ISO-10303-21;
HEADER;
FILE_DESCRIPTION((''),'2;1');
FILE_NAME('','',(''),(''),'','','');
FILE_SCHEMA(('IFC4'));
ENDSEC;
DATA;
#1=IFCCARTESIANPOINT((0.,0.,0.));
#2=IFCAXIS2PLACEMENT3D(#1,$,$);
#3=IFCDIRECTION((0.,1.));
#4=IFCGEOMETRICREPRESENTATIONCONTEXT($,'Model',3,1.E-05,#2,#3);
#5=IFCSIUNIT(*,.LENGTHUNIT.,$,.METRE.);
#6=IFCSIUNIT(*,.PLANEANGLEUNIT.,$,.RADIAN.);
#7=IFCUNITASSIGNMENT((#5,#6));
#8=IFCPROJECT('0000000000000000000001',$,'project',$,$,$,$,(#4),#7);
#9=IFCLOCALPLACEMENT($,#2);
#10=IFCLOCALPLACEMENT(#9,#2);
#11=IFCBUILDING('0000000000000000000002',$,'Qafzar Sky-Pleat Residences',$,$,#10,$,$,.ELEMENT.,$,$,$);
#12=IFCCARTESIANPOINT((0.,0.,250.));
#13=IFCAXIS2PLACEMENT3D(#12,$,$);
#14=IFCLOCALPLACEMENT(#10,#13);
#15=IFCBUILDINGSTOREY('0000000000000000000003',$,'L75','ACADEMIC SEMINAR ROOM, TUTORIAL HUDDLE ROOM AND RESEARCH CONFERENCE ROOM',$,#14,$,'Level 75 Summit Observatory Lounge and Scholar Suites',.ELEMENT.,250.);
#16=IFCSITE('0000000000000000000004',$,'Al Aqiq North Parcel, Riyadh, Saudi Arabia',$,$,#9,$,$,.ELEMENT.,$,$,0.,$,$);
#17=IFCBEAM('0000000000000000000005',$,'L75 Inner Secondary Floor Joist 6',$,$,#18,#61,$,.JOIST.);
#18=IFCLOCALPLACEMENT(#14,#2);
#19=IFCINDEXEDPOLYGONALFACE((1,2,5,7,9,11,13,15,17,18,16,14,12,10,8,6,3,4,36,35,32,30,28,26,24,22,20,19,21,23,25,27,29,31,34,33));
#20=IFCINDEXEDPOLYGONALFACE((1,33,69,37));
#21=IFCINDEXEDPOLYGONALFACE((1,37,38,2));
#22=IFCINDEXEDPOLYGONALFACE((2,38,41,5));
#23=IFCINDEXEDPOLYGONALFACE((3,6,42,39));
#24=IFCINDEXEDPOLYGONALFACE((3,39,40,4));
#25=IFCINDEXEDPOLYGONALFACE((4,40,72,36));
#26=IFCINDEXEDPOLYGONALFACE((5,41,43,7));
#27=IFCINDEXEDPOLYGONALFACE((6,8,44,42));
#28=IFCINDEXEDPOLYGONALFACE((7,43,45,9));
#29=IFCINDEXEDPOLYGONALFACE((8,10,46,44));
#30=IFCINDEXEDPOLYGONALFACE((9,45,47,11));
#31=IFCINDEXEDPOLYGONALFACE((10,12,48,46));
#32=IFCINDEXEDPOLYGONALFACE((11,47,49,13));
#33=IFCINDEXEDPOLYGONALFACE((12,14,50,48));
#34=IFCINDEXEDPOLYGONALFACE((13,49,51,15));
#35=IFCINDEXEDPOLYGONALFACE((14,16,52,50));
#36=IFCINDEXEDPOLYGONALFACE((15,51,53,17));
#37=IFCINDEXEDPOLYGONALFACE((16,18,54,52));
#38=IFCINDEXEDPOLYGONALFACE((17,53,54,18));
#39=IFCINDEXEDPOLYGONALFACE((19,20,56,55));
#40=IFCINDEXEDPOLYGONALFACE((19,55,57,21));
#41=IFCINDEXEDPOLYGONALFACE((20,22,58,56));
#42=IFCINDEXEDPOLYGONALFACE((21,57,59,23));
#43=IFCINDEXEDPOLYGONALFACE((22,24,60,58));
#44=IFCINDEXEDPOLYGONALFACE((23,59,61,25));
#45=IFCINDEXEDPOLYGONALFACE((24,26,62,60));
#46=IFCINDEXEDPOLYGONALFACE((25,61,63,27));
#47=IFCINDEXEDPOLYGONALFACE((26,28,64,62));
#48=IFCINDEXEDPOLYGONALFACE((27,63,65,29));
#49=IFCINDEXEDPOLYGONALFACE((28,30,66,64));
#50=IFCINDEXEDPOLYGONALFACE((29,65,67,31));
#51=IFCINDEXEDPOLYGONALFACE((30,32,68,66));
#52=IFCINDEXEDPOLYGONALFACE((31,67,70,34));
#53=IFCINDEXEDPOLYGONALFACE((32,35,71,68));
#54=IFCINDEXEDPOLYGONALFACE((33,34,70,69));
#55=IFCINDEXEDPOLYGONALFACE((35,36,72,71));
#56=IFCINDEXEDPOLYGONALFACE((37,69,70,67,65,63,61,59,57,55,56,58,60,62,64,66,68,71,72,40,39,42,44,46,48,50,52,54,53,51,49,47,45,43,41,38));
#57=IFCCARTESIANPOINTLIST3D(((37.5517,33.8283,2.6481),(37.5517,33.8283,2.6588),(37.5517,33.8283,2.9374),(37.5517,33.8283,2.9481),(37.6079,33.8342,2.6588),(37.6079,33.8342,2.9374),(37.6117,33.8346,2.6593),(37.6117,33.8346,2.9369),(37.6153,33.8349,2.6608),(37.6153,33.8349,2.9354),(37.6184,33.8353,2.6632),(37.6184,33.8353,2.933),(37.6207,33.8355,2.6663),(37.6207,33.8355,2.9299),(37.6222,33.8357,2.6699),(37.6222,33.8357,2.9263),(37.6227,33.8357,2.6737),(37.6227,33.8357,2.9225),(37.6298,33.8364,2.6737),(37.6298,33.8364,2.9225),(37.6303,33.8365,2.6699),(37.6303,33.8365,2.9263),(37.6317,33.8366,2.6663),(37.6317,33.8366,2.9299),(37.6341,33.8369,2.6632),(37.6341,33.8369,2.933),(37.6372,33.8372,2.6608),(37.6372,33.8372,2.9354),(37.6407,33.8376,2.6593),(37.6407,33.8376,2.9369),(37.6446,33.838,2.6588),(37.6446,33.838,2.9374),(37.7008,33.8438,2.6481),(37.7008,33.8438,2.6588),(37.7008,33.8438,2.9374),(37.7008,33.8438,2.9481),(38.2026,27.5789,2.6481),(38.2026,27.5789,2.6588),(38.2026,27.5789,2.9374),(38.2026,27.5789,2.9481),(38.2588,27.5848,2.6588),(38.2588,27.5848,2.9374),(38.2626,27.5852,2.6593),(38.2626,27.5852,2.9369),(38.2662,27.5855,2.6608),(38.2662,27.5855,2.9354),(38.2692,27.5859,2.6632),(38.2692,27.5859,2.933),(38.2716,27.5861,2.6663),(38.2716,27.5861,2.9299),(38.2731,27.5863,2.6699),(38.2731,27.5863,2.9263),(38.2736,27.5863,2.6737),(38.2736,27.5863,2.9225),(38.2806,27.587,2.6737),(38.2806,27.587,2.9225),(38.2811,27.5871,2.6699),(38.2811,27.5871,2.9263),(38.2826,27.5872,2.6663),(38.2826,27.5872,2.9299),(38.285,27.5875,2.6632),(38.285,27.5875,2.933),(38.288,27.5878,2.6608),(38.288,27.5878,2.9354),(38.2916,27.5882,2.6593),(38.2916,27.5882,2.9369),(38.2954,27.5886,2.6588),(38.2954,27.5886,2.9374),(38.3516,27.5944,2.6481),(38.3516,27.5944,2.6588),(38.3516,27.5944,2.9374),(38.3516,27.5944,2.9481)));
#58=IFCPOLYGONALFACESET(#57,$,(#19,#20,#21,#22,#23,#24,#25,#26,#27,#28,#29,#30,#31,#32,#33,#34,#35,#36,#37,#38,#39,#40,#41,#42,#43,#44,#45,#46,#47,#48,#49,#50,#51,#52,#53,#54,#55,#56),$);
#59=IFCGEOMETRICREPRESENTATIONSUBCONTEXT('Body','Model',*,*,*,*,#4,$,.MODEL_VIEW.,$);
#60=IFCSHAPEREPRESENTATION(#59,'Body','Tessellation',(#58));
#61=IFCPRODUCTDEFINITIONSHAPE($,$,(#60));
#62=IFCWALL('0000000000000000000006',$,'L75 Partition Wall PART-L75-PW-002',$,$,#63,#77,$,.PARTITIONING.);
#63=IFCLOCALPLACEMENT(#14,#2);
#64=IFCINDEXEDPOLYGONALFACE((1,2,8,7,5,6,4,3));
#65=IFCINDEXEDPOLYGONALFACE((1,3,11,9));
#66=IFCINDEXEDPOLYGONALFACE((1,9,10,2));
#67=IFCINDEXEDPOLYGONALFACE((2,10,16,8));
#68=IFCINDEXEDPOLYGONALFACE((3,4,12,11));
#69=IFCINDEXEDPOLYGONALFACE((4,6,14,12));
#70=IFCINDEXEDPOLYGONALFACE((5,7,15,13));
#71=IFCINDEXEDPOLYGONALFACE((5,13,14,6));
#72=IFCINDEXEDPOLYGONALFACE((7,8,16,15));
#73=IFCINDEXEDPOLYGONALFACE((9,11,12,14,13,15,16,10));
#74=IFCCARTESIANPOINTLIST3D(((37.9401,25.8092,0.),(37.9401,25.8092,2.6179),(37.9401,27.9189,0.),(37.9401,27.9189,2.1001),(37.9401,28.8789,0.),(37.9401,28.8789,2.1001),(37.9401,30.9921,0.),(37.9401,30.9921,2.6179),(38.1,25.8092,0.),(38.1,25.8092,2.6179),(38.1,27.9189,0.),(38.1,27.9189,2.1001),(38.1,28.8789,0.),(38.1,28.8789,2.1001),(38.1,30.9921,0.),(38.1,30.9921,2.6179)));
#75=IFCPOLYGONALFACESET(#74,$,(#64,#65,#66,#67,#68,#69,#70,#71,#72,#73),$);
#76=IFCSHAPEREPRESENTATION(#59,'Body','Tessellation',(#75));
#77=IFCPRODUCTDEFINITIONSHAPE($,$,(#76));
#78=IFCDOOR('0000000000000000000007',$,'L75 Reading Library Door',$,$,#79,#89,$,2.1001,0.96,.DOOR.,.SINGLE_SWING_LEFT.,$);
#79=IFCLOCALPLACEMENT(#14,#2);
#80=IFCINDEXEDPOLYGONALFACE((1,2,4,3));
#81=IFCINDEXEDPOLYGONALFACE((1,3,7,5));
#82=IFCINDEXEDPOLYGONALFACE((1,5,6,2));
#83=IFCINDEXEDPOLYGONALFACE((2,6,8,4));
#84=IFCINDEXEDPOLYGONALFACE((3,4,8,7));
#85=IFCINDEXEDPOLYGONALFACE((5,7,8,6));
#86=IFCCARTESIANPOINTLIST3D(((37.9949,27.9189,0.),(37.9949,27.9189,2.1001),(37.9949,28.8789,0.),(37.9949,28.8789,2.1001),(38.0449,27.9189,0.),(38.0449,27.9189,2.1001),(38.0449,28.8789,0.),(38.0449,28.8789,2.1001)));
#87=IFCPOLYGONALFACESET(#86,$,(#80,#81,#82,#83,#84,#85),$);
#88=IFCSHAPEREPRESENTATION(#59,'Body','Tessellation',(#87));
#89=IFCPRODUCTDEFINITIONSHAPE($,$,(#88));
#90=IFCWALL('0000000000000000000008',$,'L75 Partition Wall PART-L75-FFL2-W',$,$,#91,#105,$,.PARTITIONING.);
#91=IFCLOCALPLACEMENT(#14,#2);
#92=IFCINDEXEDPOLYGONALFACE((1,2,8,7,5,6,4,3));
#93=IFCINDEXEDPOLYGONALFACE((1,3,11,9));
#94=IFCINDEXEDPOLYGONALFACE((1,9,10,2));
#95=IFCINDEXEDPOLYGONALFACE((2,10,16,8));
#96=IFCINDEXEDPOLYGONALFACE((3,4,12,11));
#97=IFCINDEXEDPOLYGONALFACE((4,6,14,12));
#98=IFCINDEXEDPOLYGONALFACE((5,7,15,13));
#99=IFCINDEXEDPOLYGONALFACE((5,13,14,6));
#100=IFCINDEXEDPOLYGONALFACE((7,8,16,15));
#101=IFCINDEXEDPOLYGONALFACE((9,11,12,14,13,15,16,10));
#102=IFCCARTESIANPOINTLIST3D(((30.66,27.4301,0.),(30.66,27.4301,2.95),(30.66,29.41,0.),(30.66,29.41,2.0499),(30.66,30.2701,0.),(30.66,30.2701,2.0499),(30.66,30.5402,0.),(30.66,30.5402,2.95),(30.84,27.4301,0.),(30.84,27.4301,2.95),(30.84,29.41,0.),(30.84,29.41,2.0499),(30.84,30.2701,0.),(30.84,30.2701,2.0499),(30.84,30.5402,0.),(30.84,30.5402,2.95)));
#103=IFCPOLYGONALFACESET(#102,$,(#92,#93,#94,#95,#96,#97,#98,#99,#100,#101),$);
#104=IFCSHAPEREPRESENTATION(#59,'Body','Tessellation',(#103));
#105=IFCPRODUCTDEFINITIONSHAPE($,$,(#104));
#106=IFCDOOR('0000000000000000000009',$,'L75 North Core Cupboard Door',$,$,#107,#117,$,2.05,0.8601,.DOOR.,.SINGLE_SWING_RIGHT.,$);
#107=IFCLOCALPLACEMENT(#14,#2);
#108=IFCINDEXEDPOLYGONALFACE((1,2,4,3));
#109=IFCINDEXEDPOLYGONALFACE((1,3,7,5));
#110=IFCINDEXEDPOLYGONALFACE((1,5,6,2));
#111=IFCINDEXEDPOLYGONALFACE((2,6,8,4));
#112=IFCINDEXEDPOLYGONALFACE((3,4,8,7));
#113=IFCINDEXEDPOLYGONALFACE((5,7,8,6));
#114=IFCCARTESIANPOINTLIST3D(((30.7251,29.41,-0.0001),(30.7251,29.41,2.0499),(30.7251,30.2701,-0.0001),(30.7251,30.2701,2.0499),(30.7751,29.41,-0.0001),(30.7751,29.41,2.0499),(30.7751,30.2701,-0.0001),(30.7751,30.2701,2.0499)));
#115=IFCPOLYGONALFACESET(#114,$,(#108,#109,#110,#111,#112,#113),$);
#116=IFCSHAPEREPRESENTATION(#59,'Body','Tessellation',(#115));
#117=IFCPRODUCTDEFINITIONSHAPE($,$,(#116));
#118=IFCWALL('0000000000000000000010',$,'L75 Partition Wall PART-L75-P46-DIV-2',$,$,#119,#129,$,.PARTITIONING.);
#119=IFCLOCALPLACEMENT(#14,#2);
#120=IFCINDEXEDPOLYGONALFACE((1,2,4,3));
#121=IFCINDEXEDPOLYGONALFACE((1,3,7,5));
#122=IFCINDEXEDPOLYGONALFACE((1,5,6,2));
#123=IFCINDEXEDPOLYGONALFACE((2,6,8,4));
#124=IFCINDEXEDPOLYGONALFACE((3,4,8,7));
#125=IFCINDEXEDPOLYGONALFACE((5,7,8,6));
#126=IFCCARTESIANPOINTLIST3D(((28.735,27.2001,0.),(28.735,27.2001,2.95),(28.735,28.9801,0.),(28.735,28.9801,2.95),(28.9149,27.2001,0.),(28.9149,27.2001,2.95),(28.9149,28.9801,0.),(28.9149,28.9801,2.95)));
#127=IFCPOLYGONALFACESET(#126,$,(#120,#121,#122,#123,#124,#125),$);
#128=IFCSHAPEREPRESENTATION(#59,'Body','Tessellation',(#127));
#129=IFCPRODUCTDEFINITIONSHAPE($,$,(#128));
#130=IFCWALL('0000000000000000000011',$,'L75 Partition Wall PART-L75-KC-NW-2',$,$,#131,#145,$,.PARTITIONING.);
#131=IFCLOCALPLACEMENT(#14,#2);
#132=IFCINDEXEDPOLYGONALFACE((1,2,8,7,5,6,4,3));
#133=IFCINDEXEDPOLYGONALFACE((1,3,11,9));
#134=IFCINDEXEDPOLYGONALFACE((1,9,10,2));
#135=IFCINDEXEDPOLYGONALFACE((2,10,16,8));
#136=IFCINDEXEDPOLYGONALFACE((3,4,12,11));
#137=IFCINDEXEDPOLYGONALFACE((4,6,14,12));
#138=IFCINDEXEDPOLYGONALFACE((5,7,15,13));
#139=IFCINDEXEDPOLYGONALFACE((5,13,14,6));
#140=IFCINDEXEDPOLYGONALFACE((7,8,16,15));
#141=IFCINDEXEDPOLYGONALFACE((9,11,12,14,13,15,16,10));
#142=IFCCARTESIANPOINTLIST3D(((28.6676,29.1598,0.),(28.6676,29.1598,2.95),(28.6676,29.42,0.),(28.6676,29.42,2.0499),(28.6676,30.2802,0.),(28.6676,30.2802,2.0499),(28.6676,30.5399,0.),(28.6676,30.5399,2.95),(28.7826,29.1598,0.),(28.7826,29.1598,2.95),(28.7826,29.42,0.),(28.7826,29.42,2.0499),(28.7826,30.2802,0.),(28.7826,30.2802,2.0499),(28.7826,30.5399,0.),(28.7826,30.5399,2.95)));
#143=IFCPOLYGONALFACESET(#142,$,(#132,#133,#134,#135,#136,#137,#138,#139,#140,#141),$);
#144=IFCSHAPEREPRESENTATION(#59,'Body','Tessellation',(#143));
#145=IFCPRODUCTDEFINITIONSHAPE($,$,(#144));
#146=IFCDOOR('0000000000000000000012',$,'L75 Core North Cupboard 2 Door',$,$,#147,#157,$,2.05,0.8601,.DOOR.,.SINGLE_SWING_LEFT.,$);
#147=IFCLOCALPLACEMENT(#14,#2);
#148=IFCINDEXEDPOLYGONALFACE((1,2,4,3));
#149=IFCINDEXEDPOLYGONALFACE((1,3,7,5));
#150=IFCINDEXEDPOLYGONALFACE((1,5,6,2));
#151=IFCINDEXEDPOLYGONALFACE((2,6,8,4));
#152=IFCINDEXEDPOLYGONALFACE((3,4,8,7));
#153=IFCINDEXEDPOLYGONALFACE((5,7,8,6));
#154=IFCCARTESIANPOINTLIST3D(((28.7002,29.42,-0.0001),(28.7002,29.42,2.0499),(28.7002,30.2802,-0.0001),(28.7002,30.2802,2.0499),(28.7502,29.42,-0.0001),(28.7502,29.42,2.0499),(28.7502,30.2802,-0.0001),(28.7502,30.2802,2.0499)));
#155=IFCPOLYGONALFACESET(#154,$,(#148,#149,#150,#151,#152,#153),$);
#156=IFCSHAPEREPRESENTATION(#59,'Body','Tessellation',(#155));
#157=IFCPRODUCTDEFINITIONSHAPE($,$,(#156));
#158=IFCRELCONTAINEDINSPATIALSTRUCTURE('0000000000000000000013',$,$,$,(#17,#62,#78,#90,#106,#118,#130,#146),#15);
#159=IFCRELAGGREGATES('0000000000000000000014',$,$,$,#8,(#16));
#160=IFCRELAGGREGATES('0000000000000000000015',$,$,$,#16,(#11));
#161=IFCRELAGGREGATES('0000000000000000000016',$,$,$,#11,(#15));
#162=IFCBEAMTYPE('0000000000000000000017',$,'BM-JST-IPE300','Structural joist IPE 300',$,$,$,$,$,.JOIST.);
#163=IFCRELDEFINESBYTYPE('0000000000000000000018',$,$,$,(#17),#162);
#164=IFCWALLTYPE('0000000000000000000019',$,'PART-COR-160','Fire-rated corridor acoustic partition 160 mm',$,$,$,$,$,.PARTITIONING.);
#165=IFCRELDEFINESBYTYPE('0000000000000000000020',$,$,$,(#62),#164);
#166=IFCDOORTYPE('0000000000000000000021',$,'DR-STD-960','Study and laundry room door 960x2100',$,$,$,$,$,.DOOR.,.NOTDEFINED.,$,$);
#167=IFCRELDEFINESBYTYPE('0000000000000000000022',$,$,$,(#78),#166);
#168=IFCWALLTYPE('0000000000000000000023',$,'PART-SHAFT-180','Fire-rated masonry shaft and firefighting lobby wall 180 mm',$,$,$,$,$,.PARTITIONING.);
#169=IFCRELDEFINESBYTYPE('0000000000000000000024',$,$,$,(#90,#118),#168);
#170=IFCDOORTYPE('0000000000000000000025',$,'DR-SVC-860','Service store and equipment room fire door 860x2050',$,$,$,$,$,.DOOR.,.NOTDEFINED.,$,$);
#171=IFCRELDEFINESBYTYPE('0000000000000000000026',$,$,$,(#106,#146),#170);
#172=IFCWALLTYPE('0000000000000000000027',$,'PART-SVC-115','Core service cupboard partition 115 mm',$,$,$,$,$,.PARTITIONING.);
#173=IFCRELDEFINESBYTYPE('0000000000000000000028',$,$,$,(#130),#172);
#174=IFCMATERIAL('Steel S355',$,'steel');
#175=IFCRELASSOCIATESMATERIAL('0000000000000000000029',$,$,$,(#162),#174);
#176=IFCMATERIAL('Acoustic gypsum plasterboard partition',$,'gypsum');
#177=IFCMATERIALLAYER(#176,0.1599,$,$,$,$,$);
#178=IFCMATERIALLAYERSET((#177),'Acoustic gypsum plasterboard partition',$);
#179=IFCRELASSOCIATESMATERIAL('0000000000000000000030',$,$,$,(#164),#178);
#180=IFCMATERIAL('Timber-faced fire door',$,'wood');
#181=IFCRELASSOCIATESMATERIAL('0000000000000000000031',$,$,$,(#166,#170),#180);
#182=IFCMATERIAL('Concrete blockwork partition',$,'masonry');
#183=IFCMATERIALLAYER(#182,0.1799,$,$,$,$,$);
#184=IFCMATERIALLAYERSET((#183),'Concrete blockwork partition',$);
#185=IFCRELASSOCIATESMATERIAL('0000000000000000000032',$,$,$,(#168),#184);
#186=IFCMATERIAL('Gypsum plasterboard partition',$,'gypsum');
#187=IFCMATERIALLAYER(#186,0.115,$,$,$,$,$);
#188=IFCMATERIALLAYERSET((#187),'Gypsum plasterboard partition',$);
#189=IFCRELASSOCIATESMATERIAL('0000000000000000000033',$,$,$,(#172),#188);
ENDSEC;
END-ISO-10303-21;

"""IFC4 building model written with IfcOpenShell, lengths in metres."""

from ifc_helpers import new_model, si_unit, direction, frame, frame_2d, origin, origin_2d, place, context, subcontext, project, spatial, rectangle, i_section, extrude, source, transform, mapped, material, layer, layer_set, material_profile, profile_set, type_object, element, fill, save


model = new_model("IFC4")

# Units and contexts
model_context = context("Model", 3, precision=1e-05, world=origin(), true_north=direction((0.0, 1.0)))
body_context = subcontext(model_context, "Body", "Model", "MODEL_VIEW")
ifc_project = project(units=[si_unit("LENGTHUNIT", "METRE"), si_unit("PLANEANGLEUNIT", "RADIAN")], contexts=[model_context])

# Site, building, storey
site_placement = place(None, origin())
site = spatial("IfcSite", under=ifc_project, at=site_placement, Name="Al Aqiq North Parcel, Riyadh, Saudi Arabia", CompositionType="ELEMENT", RefElevation=0.0)
building_placement = place(site_placement, origin())
building = spatial("IfcBuilding", under=site, at=building_placement, Name="Qafzar Sky-Pleat Residences", CompositionType="ELEMENT")
storey_placement = place(building_placement, frame((0.0, 0.0, 250.0)))
storey = spatial("IfcBuildingStorey", under=building, at=storey_placement, Name="L75", Description="ACADEMIC SEMINAR ROOM, TUTORIAL HUDDLE ROOM AND RESEARCH CONFERENCE ROOM", LongName="Level 75 Summit Observatory Lounge and Scholar Suites", CompositionType="ELEMENT", Elevation=250.0)

# Beam
ifc_material_1 = material(Name="Steel S355", Category="steel")
ifc_material_profile = material_profile(ifc_material_1, i_section(OverallWidth=0.1499, OverallDepth=0.3, WebThickness=0.0071, FlangeThickness=0.0107, FilletRadius=0.0149, at=origin_2d()), Name="IPE 300")
ifc_profile_set = profile_set([ifc_material_profile], Name="Steel S355")
beam_type = type_object("IfcBeamType", Name="BM-JST-IPE300", Description="Structural joist IPE 300", PredefinedType="JOIST", material=ifc_profile_set)
shared_shape_1 = source(origin(), body_context, "Body", "SweptSolid", [
    extrude(i_section(OverallWidth=0.1499, OverallDepth=0.3, WebThickness=0.0071, FlangeThickness=0.0107, FilletRadius=0.0149, at=origin_2d()), origin(), (0.0, 0.0, 1.0), 6.2832),
])
beam_placement = place(storey_placement, frame((38.2771, 27.5867, 2.7981), z_axis=(-0.103588, 0.99462, 0.0), x_axis=(-0.99462, -0.103588, 0.0)))
element("IfcBeam", 1, at=beam_placement, inside=storey, type_object=beam_type, Name="L75 Inner Secondary Floor Joist 6", PredefinedType="JOIST", context=body_context, shape_type="MappedRepresentation", body=[
    mapped(shared_shape_1, transform((0.0, 0.0, 0.0), x_axis=(1.0, 0.0, 0.0), y_axis=(0.0, 1.0, 0.0), z_axis=(0.0, 0.0, 1.0), scale=1.0)),
])

# Walls, openings, doors
ifc_material_2 = material(Name="Acoustic gypsum plasterboard partition", Category="gypsum")
ifc_layer_1 = layer(ifc_material_2, 0.1599)
ifc_layer_set_1 = layer_set([ifc_layer_1], Name="Acoustic gypsum plasterboard partition")
wall_type_1 = type_object("IfcWallType", Name="PART-COR-160", Description="Fire-rated corridor acoustic partition 160 mm", PredefinedType="PARTITIONING", material=ifc_layer_set_1)
wall_1_placement = place(storey_placement, frame((38.02, 30.9919, 0.0), z_axis=(0.0, 0.0, 1.0), x_axis=(0.0, -1.0, 0.0)))
wall_1 = element("IfcWall", 2, at=wall_1_placement, inside=storey, type_object=wall_type_1, Name="L75 Partition Wall PART-L75-PW-002", PredefinedType="PARTITIONING", context=body_context, shape_type="SweptSolid", body=[
    extrude(rectangle(XDim=5.1829, YDim=0.1599, at=frame_2d((2.5913, 0.0))), origin(), (0.0, 0.0, 1.0), 2.6179),
])
opening_1_placement = place(wall_1_placement, frame((2.113, 0.0, 0.0)))
opening_1 = element("IfcOpeningElement", 3, at=opening_1_placement, cuts=wall_1, PredefinedType="OPENING", context=body_context, shape_type="SweptSolid", body=[
    extrude(rectangle(XDim=0.96, YDim=2.1001, at=frame_2d((0.48, 1.05))), frame((0.0, 0.0898, 0.0), z_axis=(0.0, -1.0, 0.0), x_axis=(1.0, 0.0, 0.0)), (0.0, 0.0, 1.0), 0.1799),
])
ifc_material_3 = material(Name="Timber-faced fire door", Category="wood")
door_type_1 = type_object("IfcDoorType", Name="DR-STD-960", Description="Study and laundry room door 960x2100", OperationType="NOTDEFINED", PredefinedType="DOOR", material=ifc_material_3)
shared_shape_2 = source(origin(), body_context, "Body", "SweptSolid", [
    extrude(rectangle(XDim=0.96, YDim=2.1001, at=frame_2d((0.48, 1.05))), frame((0.0, 0.0249, 0.0), z_axis=(0.0, -1.0, 0.0), x_axis=(1.0, 0.0, 0.0)), (0.0, 0.0, 1.0), 0.05),
])
door_1_placement = place(opening_1_placement, origin())
door_1 = element("IfcDoor", 4, at=door_1_placement, inside=storey, type_object=door_type_1, Name="L75 Reading Library Door", OperationType="SINGLE_SWING_LEFT", OverallHeight=2.1001, OverallWidth=0.96, PredefinedType="DOOR", context=body_context, shape_type="MappedRepresentation", body=[
    mapped(shared_shape_2, transform((0.0, 0.0, 0.0), x_axis=(1.0, 0.0, 0.0), y_axis=(0.0, 1.0, 0.0), z_axis=(0.0, 0.0, 1.0), scale=1.0)),
])
fill(opening_1, door_1)
ifc_material_4 = material(Name="Concrete blockwork partition", Category="masonry")
ifc_layer_2 = layer(ifc_material_4, 0.1799)
ifc_layer_set_2 = layer_set([ifc_layer_2], Name="Concrete blockwork partition")
wall_type_2 = type_object("IfcWallType", Name="PART-SHAFT-180", Description="Fire-rated masonry shaft and firefighting lobby wall 180 mm", PredefinedType="PARTITIONING", material=ifc_layer_set_2)
wall_2_placement = place(storey_placement, frame((30.75, 27.4299, 0.0), z_axis=(0.0, 0.0, 1.0), x_axis=(0.0, 1.0, 0.0)))
wall_2 = element("IfcWall", 5, at=wall_2_placement, inside=storey, type_object=wall_type_2, Name="L75 Partition Wall PART-L75-FFL2-W", PredefinedType="PARTITIONING", context=body_context, shape_type="SweptSolid", body=[
    extrude(rectangle(XDim=3.1101, YDim=0.1799, at=frame_2d((1.5552, 0.0))), origin(), (0.0, 0.0, 1.0), 2.95),
])
opening_2_placement = place(wall_2_placement, frame((1.98, 0.0, 0.0)))
opening_2 = element("IfcOpeningElement", 6, at=opening_2_placement, cuts=wall_2, PredefinedType="OPENING", context=body_context, shape_type="SweptSolid", body=[
    extrude(rectangle(XDim=0.8601, YDim=2.05, at=frame_2d((0.4302, 1.0249))), frame((0.0, 0.1001, 0.0), z_axis=(0.0, -1.0, 0.0), x_axis=(1.0, 0.0, 0.0)), (0.0, 0.0, 1.0), 0.2),
])
door_type_2 = type_object("IfcDoorType", Name="DR-SVC-860", Description="Service store and equipment room fire door 860x2050", OperationType="NOTDEFINED", PredefinedType="DOOR", material=ifc_material_3)
shared_shape_3 = source(origin(), body_context, "Body", "SweptSolid", [
    extrude(rectangle(XDim=0.8601, YDim=2.05, at=frame_2d((0.4302, 1.0249))), frame((0.0, 0.0249, 0.0), z_axis=(0.0, -1.0, 0.0), x_axis=(1.0, 0.0, 0.0)), (0.0, 0.0, 1.0), 0.05),
])
door_2_placement = place(opening_2_placement, origin())
door_2 = element("IfcDoor", 7, at=door_2_placement, inside=storey, type_object=door_type_2, Name="L75 North Core Cupboard Door", OperationType="SINGLE_SWING_RIGHT", OverallHeight=2.05, OverallWidth=0.8601, PredefinedType="DOOR", context=body_context, shape_type="MappedRepresentation", body=[
    mapped(shared_shape_3, transform((0.0, 0.0, 0.0), x_axis=(1.0, 0.0, 0.0), y_axis=(0.0, 1.0, 0.0), z_axis=(0.0, 0.0, 1.0), scale=1.0)),
])
fill(opening_2, door_2)

# Wall
wall_3_placement = place(storey_placement, frame((28.825, 27.2, 0.0), z_axis=(0.0, 0.0, 1.0), x_axis=(0.0, 1.0, 0.0)))
element("IfcWall", 8, at=wall_3_placement, inside=storey, type_object=wall_type_2, Name="L75 Partition Wall PART-L75-P46-DIV-2", PredefinedType="PARTITIONING", context=body_context, shape_type="SweptSolid", body=[
    extrude(rectangle(XDim=1.78, YDim=0.1799, at=frame_2d((0.8901, 0.0))), origin(), (0.0, 0.0, 1.0), 2.95),
])

# Wall, opening, door
ifc_material_5 = material(Name="Gypsum plasterboard partition", Category="gypsum")
ifc_layer_3 = layer(ifc_material_5, 0.115)
ifc_layer_set_3 = layer_set([ifc_layer_3], Name="Gypsum plasterboard partition")
wall_type_3 = type_object("IfcWallType", Name="PART-SVC-115", Description="Core service cupboard partition 115 mm", PredefinedType="PARTITIONING", material=ifc_layer_set_3)
wall_4_placement = place(storey_placement, frame((28.7251, 29.1599, 0.0), z_axis=(0.0, 0.0, 1.0), x_axis=(0.0, 1.0, 0.0)))
wall_4 = element("IfcWall", 9, at=wall_4_placement, inside=storey, type_object=wall_type_3, Name="L75 Partition Wall PART-L75-KC-NW-2", PredefinedType="PARTITIONING", context=body_context, shape_type="SweptSolid", body=[
    extrude(rectangle(XDim=1.3801, YDim=0.115, at=frame_2d((0.6899, 0.0))), origin(), (0.0, 0.0, 1.0), 2.95),
])
opening_3_placement = place(wall_4_placement, frame((0.26, 0.0, 0.0)))
opening_3 = element("IfcOpeningElement", 10, at=opening_3_placement, cuts=wall_4, PredefinedType="OPENING", context=body_context, shape_type="SweptSolid", body=[
    extrude(rectangle(XDim=0.8601, YDim=2.05, at=frame_2d((0.4302, 1.0249))), frame((0.0, 0.0674, 0.0), z_axis=(0.0, -1.0, 0.0), x_axis=(1.0, 0.0, 0.0)), (0.0, 0.0, 1.0), 0.135),
])
door_3_placement = place(opening_3_placement, origin())
door_3 = element("IfcDoor", 11, at=door_3_placement, inside=storey, type_object=door_type_2, Name="L75 Core North Cupboard 2 Door", OperationType="SINGLE_SWING_LEFT", OverallHeight=2.05, OverallWidth=0.8601, PredefinedType="DOOR", context=body_context, shape_type="MappedRepresentation", body=[
    mapped(shared_shape_3, transform((0.0, 0.0, 0.0), x_axis=(1.0, 0.0, 0.0), y_axis=(0.0, 1.0, 0.0), z_axis=(0.0, 0.0, 1.0), scale=1.0)),
])
fill(opening_3, door_3)

save(model, "model.ifc")
